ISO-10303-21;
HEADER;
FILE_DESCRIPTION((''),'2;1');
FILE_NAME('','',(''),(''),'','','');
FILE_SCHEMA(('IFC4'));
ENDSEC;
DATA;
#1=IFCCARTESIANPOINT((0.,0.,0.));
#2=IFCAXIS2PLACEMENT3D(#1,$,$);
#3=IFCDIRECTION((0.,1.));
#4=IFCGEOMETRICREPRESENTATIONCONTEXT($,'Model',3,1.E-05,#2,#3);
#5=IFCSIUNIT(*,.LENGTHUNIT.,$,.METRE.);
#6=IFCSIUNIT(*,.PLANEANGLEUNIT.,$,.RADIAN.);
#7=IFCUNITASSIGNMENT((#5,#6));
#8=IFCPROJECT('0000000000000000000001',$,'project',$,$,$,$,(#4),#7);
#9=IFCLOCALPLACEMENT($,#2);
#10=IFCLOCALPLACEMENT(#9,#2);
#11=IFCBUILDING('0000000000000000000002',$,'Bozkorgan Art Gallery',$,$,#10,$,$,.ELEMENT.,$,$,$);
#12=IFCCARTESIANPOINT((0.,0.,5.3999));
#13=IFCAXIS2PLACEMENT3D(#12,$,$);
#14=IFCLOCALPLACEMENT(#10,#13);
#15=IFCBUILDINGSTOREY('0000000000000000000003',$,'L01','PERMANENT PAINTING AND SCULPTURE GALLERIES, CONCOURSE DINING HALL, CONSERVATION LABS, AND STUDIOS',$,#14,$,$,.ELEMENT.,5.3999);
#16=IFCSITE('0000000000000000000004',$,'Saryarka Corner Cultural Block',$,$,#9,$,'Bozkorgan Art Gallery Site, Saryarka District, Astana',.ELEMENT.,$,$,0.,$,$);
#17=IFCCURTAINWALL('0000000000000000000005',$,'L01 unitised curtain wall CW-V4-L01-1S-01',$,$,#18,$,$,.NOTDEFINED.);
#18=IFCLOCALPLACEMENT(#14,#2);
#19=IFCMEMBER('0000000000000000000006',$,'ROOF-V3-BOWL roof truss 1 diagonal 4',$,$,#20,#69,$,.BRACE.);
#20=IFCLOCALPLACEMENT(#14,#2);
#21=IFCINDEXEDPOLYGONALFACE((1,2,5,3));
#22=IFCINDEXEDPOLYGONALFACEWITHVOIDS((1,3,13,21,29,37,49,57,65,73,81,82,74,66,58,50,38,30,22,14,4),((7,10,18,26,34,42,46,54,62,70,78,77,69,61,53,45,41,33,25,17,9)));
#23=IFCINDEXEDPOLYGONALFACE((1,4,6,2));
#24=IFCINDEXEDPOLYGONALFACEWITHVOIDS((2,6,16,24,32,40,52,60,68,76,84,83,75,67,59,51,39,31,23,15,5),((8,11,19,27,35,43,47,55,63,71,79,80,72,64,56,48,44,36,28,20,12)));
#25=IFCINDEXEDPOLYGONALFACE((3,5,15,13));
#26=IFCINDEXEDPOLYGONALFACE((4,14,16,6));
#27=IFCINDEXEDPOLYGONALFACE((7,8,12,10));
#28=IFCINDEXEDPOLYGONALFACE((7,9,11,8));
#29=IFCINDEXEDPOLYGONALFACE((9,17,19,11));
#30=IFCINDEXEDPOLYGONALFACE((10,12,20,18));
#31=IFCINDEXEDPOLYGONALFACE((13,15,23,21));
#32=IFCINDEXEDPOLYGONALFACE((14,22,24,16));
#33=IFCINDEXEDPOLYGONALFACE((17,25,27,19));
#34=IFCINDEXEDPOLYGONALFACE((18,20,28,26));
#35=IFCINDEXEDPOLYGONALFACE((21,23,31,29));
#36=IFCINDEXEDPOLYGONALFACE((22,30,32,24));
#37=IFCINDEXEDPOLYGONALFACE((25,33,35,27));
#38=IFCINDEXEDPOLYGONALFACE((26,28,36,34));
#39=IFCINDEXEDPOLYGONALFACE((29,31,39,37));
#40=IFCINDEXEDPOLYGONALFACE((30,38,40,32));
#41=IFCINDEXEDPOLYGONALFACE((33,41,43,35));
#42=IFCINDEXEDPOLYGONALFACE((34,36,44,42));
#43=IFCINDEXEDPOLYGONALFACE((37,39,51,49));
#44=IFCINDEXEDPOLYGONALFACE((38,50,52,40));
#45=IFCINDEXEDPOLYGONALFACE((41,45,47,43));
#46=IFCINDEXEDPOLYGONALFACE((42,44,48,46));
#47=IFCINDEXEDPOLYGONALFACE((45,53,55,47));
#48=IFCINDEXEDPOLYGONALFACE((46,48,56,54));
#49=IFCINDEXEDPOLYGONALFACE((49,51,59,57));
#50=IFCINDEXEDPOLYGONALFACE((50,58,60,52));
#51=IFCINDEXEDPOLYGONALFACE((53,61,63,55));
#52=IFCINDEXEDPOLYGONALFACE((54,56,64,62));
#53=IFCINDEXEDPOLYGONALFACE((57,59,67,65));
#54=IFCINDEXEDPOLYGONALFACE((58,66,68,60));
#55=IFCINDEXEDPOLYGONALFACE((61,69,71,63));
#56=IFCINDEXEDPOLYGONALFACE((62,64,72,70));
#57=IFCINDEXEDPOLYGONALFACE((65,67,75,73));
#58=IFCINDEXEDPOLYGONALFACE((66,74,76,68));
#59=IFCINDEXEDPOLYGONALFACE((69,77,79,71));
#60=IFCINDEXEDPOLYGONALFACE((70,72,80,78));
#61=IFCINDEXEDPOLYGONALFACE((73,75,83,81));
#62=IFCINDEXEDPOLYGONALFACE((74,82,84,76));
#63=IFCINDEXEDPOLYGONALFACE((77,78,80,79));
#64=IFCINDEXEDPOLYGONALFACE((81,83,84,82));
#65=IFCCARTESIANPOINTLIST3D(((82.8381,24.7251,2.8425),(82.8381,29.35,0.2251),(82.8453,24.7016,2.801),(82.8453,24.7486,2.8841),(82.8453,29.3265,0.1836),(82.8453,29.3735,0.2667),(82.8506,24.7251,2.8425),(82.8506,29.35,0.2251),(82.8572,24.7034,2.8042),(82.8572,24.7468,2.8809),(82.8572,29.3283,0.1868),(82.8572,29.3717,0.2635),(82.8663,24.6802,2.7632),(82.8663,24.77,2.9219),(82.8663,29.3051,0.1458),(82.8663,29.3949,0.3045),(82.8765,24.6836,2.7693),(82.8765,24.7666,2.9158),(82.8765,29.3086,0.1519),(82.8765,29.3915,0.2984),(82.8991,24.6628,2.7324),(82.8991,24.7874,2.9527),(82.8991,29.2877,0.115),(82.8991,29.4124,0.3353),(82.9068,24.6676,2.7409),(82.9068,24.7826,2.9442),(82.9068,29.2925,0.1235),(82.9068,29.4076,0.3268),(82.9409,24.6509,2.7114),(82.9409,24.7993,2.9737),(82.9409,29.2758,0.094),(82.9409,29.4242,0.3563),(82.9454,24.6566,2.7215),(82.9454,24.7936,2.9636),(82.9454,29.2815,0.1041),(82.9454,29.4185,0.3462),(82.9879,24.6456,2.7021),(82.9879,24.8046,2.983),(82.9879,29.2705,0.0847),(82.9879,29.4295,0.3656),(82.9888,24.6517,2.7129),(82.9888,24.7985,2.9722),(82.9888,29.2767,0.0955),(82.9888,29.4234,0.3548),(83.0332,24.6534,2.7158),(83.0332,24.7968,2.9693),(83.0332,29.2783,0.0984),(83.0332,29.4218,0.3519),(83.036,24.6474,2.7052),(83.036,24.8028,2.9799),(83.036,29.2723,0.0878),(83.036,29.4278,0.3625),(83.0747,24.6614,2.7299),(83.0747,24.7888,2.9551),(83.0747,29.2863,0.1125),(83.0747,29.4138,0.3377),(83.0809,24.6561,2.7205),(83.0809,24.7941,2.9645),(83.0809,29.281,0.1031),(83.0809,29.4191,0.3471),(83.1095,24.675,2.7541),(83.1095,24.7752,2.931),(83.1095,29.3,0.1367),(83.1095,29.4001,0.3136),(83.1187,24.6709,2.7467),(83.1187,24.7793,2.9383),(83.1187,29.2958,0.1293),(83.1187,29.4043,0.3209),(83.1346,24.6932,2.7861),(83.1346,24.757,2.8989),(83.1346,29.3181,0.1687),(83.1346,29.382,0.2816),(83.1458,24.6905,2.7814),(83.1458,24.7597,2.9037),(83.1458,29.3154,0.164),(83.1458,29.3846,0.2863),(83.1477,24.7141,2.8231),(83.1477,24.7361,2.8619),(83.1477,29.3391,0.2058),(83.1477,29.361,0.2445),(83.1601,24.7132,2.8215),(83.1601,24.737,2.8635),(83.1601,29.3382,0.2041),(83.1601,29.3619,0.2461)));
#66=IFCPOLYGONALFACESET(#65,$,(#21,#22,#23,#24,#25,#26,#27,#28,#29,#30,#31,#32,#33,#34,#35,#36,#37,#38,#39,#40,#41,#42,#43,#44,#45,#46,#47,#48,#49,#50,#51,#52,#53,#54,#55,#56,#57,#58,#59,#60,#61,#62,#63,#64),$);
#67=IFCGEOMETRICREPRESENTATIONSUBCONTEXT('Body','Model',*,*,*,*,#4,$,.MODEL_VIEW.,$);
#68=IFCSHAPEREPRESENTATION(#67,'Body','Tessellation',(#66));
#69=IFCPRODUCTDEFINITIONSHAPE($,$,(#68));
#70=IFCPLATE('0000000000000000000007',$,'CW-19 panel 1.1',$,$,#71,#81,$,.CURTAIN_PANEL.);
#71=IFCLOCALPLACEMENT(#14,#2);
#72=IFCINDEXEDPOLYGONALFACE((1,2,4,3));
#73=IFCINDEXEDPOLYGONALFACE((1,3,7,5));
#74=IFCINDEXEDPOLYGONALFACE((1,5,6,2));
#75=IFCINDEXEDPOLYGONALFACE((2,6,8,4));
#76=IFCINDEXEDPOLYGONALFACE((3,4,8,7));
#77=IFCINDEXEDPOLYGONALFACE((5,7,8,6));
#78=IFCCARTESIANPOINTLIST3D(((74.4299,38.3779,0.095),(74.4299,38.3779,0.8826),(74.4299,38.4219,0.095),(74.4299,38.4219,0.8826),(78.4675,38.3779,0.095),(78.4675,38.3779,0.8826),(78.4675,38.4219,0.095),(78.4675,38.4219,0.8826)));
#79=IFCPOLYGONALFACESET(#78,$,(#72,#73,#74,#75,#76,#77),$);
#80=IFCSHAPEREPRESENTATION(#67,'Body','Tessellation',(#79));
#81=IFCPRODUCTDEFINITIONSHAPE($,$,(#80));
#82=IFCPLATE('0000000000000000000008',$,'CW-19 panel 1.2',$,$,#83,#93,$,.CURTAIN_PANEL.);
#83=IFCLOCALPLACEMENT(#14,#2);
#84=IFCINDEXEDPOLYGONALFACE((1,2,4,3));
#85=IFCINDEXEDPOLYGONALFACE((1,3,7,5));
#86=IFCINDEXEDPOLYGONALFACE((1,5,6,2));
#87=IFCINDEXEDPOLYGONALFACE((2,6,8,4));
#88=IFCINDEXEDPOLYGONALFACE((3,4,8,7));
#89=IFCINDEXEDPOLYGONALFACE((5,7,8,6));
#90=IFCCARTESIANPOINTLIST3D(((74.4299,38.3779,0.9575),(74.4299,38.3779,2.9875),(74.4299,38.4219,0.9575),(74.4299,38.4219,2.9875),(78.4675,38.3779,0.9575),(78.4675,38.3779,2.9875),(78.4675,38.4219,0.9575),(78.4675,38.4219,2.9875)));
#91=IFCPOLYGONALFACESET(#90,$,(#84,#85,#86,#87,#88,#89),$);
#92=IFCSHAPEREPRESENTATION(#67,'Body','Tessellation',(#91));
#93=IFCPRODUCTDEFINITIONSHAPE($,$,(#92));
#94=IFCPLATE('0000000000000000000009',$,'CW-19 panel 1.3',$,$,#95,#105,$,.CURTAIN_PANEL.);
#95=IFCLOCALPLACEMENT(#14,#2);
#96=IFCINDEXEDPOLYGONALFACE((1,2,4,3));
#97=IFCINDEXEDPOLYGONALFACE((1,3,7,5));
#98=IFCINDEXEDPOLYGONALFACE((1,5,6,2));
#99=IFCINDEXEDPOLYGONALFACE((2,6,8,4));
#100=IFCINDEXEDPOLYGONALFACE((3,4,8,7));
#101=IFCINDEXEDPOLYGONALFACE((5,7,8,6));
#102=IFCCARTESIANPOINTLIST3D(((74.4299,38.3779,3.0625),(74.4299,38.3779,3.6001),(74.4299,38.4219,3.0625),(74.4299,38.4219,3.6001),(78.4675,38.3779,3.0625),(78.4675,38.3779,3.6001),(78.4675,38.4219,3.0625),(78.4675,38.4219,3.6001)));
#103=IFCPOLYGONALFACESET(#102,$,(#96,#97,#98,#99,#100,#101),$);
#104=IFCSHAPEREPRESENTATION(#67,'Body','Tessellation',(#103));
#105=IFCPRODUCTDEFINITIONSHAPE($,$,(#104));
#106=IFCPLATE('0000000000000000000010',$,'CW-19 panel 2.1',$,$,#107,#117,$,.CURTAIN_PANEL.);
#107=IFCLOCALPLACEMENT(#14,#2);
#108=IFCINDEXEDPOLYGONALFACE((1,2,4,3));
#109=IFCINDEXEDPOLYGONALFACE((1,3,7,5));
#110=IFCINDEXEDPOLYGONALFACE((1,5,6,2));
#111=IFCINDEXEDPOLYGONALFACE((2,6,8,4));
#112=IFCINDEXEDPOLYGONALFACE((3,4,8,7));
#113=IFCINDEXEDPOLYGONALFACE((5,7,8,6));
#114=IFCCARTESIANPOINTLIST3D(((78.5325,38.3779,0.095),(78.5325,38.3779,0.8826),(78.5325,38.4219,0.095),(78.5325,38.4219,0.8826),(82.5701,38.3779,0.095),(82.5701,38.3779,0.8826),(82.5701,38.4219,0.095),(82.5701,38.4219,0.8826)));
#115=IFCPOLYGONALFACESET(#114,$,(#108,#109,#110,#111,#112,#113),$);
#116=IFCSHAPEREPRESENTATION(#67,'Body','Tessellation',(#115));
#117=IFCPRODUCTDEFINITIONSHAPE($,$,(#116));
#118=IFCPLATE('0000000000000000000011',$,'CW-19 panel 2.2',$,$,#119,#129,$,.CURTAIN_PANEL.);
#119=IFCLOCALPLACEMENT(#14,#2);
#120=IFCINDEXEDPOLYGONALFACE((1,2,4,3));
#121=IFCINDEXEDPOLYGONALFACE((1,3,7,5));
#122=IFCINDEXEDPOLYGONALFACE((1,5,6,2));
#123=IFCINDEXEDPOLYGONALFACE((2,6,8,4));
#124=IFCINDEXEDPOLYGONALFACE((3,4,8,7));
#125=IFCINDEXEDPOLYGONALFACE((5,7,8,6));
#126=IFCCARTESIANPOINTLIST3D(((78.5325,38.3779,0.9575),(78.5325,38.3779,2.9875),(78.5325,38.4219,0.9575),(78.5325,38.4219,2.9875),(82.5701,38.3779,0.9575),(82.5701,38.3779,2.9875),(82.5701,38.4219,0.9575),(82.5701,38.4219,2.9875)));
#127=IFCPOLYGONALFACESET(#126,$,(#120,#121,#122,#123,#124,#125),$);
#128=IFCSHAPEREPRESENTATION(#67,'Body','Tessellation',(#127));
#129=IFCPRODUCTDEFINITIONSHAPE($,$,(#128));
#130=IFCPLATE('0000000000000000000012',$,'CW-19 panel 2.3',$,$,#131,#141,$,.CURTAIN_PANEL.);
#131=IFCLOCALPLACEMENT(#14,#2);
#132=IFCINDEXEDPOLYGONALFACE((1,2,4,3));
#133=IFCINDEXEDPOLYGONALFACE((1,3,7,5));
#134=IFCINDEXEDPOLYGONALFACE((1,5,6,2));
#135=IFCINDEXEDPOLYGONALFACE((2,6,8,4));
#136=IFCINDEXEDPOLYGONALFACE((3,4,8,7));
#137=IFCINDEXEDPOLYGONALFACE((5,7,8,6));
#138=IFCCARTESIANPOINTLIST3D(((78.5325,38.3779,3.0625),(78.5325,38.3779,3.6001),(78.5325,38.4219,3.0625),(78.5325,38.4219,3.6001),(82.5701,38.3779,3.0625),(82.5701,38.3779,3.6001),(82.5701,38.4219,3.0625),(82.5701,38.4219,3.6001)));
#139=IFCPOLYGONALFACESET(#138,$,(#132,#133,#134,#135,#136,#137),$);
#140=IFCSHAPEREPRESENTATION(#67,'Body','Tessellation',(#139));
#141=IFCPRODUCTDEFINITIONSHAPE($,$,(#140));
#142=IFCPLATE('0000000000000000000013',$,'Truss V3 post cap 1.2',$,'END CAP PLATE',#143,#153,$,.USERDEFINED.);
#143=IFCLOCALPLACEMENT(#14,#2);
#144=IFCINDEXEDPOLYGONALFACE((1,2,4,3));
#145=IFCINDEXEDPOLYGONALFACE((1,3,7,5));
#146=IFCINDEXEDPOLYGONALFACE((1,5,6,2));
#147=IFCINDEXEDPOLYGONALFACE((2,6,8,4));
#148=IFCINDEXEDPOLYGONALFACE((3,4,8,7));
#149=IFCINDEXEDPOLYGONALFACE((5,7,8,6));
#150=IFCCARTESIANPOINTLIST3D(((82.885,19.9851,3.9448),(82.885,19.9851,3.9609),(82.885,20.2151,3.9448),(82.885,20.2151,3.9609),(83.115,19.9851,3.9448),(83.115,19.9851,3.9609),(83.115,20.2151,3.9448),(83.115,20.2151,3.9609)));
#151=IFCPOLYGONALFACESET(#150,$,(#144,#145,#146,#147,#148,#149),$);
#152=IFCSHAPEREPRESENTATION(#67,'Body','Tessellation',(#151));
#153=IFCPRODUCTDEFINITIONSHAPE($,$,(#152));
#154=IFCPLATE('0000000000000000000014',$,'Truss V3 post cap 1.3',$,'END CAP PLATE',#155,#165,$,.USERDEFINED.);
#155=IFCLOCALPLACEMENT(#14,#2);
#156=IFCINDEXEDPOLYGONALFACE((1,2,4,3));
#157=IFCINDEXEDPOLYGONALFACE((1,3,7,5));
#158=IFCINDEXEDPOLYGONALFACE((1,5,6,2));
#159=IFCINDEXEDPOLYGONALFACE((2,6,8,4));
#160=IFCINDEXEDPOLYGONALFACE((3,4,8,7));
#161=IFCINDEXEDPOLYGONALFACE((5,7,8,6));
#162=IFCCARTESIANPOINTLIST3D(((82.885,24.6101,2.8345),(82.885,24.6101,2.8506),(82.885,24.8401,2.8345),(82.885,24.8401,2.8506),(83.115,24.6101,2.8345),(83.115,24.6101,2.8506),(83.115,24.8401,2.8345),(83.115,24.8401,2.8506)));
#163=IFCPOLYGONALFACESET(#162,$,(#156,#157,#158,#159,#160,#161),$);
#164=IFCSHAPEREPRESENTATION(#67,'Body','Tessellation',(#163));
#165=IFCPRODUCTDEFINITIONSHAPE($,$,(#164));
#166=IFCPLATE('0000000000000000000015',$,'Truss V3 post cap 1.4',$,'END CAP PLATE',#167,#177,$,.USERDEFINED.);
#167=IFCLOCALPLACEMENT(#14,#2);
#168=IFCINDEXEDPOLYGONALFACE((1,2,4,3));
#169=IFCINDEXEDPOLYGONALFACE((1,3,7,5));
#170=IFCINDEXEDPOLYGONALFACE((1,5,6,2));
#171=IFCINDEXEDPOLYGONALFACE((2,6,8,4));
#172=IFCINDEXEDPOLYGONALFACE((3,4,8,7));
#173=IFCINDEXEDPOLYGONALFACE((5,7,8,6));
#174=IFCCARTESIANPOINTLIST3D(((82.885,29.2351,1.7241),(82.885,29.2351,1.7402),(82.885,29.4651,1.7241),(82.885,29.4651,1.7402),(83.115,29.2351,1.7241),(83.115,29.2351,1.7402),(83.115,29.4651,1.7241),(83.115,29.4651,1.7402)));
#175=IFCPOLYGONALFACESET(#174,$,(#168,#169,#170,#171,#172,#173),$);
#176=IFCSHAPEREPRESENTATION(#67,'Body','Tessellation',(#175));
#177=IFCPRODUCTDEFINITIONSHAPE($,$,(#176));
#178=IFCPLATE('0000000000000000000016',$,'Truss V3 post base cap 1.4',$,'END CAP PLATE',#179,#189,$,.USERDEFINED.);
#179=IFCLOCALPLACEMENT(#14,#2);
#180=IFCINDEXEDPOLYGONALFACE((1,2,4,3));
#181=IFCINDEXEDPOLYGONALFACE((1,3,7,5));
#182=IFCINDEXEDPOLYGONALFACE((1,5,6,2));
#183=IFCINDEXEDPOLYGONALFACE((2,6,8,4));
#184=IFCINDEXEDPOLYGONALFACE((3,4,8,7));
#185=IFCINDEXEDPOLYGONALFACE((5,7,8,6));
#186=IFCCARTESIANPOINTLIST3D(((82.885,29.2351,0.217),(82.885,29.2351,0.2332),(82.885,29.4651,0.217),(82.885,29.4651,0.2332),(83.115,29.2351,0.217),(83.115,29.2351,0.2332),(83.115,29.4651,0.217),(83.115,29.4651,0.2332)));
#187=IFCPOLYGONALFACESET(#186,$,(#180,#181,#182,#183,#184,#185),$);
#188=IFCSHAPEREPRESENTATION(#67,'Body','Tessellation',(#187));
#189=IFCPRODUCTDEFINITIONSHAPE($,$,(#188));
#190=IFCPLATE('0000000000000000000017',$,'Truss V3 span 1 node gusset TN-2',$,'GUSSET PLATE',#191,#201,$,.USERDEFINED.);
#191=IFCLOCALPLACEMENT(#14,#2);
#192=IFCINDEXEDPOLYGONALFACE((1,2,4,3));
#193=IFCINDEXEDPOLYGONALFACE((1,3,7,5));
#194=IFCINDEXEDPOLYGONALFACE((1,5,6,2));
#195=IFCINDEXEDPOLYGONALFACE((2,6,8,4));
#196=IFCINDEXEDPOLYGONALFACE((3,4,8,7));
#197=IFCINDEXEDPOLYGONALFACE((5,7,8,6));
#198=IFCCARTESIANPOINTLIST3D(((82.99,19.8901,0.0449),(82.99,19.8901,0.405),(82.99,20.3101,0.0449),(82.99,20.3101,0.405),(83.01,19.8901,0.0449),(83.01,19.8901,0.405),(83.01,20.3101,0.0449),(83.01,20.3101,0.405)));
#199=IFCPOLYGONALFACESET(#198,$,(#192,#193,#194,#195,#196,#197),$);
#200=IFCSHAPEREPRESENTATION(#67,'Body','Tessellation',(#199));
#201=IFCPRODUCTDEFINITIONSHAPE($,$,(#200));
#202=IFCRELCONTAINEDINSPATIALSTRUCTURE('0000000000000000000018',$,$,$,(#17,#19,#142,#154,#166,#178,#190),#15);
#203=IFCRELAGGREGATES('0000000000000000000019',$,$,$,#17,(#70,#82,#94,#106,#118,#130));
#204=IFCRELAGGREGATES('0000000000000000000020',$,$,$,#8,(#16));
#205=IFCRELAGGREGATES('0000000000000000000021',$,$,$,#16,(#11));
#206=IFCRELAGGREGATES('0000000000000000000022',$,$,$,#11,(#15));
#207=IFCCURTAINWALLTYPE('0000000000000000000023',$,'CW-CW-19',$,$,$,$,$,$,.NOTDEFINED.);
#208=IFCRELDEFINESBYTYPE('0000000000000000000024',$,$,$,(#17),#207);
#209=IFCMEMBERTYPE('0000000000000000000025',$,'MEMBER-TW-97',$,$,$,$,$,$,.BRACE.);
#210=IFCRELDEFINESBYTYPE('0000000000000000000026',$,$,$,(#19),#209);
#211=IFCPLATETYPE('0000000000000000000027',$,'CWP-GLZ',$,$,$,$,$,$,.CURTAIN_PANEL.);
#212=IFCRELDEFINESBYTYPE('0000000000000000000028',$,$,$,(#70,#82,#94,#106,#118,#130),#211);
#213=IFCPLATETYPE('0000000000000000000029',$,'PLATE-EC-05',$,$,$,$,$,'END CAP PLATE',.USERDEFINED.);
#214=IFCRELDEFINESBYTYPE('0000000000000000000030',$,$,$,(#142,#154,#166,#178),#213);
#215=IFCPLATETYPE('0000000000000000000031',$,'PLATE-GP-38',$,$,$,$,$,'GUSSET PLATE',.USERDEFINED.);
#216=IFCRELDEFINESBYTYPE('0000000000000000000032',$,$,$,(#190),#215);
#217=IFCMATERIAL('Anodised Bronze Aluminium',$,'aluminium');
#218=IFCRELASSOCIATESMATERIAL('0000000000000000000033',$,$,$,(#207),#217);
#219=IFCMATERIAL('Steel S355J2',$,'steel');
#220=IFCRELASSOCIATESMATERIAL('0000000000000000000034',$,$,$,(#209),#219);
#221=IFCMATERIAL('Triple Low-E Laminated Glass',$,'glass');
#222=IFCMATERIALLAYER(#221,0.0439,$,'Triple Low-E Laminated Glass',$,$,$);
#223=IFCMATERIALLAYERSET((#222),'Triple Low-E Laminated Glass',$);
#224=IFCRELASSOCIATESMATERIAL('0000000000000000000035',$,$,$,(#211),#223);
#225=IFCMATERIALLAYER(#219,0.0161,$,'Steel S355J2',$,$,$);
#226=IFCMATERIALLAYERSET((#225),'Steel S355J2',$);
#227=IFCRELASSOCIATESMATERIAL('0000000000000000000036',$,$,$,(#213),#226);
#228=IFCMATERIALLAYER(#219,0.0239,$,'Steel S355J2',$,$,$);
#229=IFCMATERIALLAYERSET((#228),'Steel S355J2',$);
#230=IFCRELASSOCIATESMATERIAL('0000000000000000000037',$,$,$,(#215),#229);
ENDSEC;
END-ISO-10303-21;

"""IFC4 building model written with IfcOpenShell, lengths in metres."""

from ifc_helpers import new_model, si_unit, direction, frame, origin, origin_2d, place, context, subcontext, project, spatial, rectangle, hollow_circle, extrude, material, layer, layer_set, material_profile, profile_set, type_object, element, aggregate, save


model = new_model("IFC4")

# Units and contexts
model_context = context("Model", 3, precision=1e-05, world=origin(), true_north=direction((0.0, 1.0)))
body_context = subcontext(model_context, "Body", "Model", "MODEL_VIEW")
ifc_project = project(units=[si_unit("LENGTHUNIT", "METRE"), si_unit("PLANEANGLEUNIT", "RADIAN")], contexts=[model_context])

# Site, building, storey
site_placement = place(None, origin())
site = spatial("IfcSite", under=ifc_project, at=site_placement, Name="Saryarka Corner Cultural Block", LongName="Bozkorgan Art Gallery Site, Saryarka District, Astana", CompositionType="ELEMENT", RefElevation=0.0)
building_placement = place(site_placement, origin())
building = spatial("IfcBuilding", under=site, at=building_placement, Name="Bozkorgan Art Gallery", CompositionType="ELEMENT")
storey_placement = place(building_placement, frame((0.0, 0.0, 5.3999)))
storey = spatial("IfcBuildingStorey", under=building, at=storey_placement, Name="L01", Description="PERMANENT PAINTING AND SCULPTURE GALLERIES, CONCOURSE DINING HALL, CONSERVATION LABS, AND STUDIOS", CompositionType="ELEMENT", Elevation=5.3999)

# Curtain wall
ifc_material_1 = material(Name="Anodised Bronze Aluminium", Category="aluminium")
curtain_wall_type = type_object("IfcCurtainWallType", Name="CW-CW-19", PredefinedType="NOTDEFINED", material=ifc_material_1)
curtain_wall_1_placement = place(storey_placement, origin())
curtain_wall_1 = element("IfcCurtainWall", 1, at=curtain_wall_1_placement, inside=storey, type_object=curtain_wall_type, Name="L01 unitised curtain wall CW-V4-L01-1S-01", PredefinedType="NOTDEFINED")

# Member
ifc_material_2 = material(Name="Steel S355J2", Category="steel")
ifc_material_profile_1 = material_profile(ifc_material_2, hollow_circle(Radius=0.1619, WallThickness=0.0125, at=origin_2d()), Name="CHS 323.9x12.5")
ifc_profile_set_1 = profile_set([ifc_material_profile_1], Name="Steel S355J2")
member_type_1 = type_object("IfcMemberType", Name="MEMBER-TW-97", PredefinedType="BRACE", material=ifc_profile_set_1)
for number, where, z_axis, x_axis, name in (
    (2, (83.0, 24.7251, 2.8425), (0.0, 0.870297, -0.492528), (-1.0, 0.0, 0.0), "ROOF-V3-BOWL roof truss 1 diagonal 4"),
):
    element("IfcMember", number, at=place(storey_placement, frame(where, z_axis=z_axis, x_axis=x_axis)), inside=storey, type_object=member_type_1, Name=name, PredefinedType="BRACE", context=body_context, shape_type="SweptSolid", body=[
        extrude(hollow_circle(Radius=0.1619, WallThickness=0.0125, at=origin_2d()), origin(), (0.0, 0.0, 1.0), 5.3142),
    ])

# Plates
ifc_material_3 = material(Name="Triple Low-E Laminated Glass", Category="glass")
ifc_layer_1 = layer(ifc_material_3, 0.0439, Name="Triple Low-E Laminated Glass")
ifc_layer_set_1 = layer_set([ifc_layer_1], Name="Triple Low-E Laminated Glass")
plate_type_1 = type_object("IfcPlateType", Name="CWP-GLZ", PredefinedType="CURTAIN_PANEL", material=ifc_layer_set_1)
plate_1_placement = place(storey_placement, frame((76.4487, 38.3999, 0.095), z_axis=(0.0, 0.0, 1.0), x_axis=(1.0, 0.0, 0.0)))
plate_1 = element("IfcPlate", 3, at=plate_1_placement, type_object=plate_type_1, Name="CW-19 panel 1.1", PredefinedType="CURTAIN_PANEL", context=body_context, shape_type="SweptSolid", body=[
    extrude(rectangle(XDim=4.0376, YDim=0.0439, at=origin_2d()), origin(), (0.0, 0.0, 1.0), 0.7876),
])
plate_2_placement = place(storey_placement, frame((76.4487, 38.3999, 0.9575), z_axis=(0.0, 0.0, 1.0), x_axis=(1.0, 0.0, 0.0)))
plate_2 = element("IfcPlate", 4, at=plate_2_placement, type_object=plate_type_1, Name="CW-19 panel 1.2", PredefinedType="CURTAIN_PANEL", context=body_context, shape_type="SweptSolid", body=[
    extrude(rectangle(XDim=4.0376, YDim=0.0439, at=origin_2d()), origin(), (0.0, 0.0, 1.0), 2.03),
])
plate_3_placement = place(storey_placement, frame((76.4487, 38.3999, 3.0625), z_axis=(0.0, 0.0, 1.0), x_axis=(1.0, 0.0, 0.0)))
plate_3 = element("IfcPlate", 5, at=plate_3_placement, type_object=plate_type_1, Name="CW-19 panel 1.3", PredefinedType="CURTAIN_PANEL", context=body_context, shape_type="SweptSolid", body=[
    extrude(rectangle(XDim=4.0376, YDim=0.0439, at=origin_2d()), origin(), (0.0, 0.0, 1.0), 0.5376),
])
plate_4_placement = place(storey_placement, frame((80.5513, 38.3999, 0.095), z_axis=(0.0, 0.0, 1.0), x_axis=(1.0, 0.0, 0.0)))
plate_4 = element("IfcPlate", 6, at=plate_4_placement, type_object=plate_type_1, Name="CW-19 panel 2.1", PredefinedType="CURTAIN_PANEL", context=body_context, shape_type="SweptSolid", body=[
    extrude(rectangle(XDim=4.0376, YDim=0.0439, at=origin_2d()), origin(), (0.0, 0.0, 1.0), 0.7876),
])
plate_5_placement = place(storey_placement, frame((80.5513, 38.3999, 0.9575), z_axis=(0.0, 0.0, 1.0), x_axis=(1.0, 0.0, 0.0)))
plate_5 = element("IfcPlate", 7, at=plate_5_placement, type_object=plate_type_1, Name="CW-19 panel 2.2", PredefinedType="CURTAIN_PANEL", context=body_context, shape_type="SweptSolid", body=[
    extrude(rectangle(XDim=4.0376, YDim=0.0439, at=origin_2d()), origin(), (0.0, 0.0, 1.0), 2.03),
])
plate_6_placement = place(storey_placement, frame((80.5513, 38.3999, 3.0625), z_axis=(0.0, 0.0, 1.0), x_axis=(1.0, 0.0, 0.0)))
plate_6 = element("IfcPlate", 8, at=plate_6_placement, type_object=plate_type_1, Name="CW-19 panel 2.3", PredefinedType="CURTAIN_PANEL", context=body_context, shape_type="SweptSolid", body=[
    extrude(rectangle(XDim=4.0376, YDim=0.0439, at=origin_2d()), origin(), (0.0, 0.0, 1.0), 0.5376),
])
aggregate(curtain_wall_1, [plate_1, plate_2, plate_3, plate_4, plate_5, plate_6])

# Plates
ifc_layer_2 = layer(ifc_material_2, 0.0161, Name="Steel S355J2")
ifc_layer_set_2 = layer_set([ifc_layer_2], Name="Steel S355J2")
plate_type_2 = type_object("IfcPlateType", Name="PLATE-EC-05", ElementType="END CAP PLATE", PredefinedType="USERDEFINED", material=ifc_layer_set_2)
for number, where, z_axis, x_axis, name in (
    (9, (83.0, 20.1001, 3.9448), (0.0, 0.0, 1.0), (1.0, 0.0, 0.0), "Truss V3 post cap 1.2"),
    (10, (83.0, 24.7251, 2.8345), (0.0, 0.0, 1.0), (1.0, 0.0, 0.0), "Truss V3 post cap 1.3"),
    (11, (83.0, 29.3501, 1.7241), (0.0, 0.0, 1.0), (1.0, 0.0, 0.0), "Truss V3 post cap 1.4"),
    (12, (83.0, 29.3501, 0.217), (0.0, 0.0, 1.0), (1.0, 0.0, 0.0), "Truss V3 post base cap 1.4"),
):
    element("IfcPlate", number, at=place(storey_placement, frame(where, z_axis=z_axis, x_axis=x_axis)), inside=storey, type_object=plate_type_2, Name=name, ObjectType="END CAP PLATE", PredefinedType="USERDEFINED", context=body_context, shape_type="SweptSolid", body=[
        extrude(rectangle(XDim=0.23, YDim=0.23, at=origin_2d()), origin(), (0.0, 0.0, 1.0), 0.0161),
    ])
ifc_layer_3 = layer(ifc_material_2, 0.0239, Name="Steel S355J2")
ifc_layer_set_3 = layer_set([ifc_layer_3], Name="Steel S355J2")
plate_type_3 = type_object("IfcPlateType", Name="PLATE-GP-38", ElementType="GUSSET PLATE", PredefinedType="USERDEFINED", material=ifc_layer_set_3)
plate_7_placement = place(storey_placement, frame((83.0, 20.1001, 0.0449), z_axis=(0.0, 0.0, 1.0), x_axis=(1.0, 0.0, 0.0)))
element("IfcPlate", 13, at=plate_7_placement, inside=storey, type_object=plate_type_3, Name="Truss V3 span 1 node gusset TN-2", ObjectType="GUSSET PLATE", PredefinedType="USERDEFINED", context=body_context, shape_type="SweptSolid", body=[
    extrude(rectangle(XDim=0.02, YDim=0.4199, at=origin_2d()), origin(), (0.0, 0.0, 1.0), 0.3601),
])

save(model, "model.ifc")
